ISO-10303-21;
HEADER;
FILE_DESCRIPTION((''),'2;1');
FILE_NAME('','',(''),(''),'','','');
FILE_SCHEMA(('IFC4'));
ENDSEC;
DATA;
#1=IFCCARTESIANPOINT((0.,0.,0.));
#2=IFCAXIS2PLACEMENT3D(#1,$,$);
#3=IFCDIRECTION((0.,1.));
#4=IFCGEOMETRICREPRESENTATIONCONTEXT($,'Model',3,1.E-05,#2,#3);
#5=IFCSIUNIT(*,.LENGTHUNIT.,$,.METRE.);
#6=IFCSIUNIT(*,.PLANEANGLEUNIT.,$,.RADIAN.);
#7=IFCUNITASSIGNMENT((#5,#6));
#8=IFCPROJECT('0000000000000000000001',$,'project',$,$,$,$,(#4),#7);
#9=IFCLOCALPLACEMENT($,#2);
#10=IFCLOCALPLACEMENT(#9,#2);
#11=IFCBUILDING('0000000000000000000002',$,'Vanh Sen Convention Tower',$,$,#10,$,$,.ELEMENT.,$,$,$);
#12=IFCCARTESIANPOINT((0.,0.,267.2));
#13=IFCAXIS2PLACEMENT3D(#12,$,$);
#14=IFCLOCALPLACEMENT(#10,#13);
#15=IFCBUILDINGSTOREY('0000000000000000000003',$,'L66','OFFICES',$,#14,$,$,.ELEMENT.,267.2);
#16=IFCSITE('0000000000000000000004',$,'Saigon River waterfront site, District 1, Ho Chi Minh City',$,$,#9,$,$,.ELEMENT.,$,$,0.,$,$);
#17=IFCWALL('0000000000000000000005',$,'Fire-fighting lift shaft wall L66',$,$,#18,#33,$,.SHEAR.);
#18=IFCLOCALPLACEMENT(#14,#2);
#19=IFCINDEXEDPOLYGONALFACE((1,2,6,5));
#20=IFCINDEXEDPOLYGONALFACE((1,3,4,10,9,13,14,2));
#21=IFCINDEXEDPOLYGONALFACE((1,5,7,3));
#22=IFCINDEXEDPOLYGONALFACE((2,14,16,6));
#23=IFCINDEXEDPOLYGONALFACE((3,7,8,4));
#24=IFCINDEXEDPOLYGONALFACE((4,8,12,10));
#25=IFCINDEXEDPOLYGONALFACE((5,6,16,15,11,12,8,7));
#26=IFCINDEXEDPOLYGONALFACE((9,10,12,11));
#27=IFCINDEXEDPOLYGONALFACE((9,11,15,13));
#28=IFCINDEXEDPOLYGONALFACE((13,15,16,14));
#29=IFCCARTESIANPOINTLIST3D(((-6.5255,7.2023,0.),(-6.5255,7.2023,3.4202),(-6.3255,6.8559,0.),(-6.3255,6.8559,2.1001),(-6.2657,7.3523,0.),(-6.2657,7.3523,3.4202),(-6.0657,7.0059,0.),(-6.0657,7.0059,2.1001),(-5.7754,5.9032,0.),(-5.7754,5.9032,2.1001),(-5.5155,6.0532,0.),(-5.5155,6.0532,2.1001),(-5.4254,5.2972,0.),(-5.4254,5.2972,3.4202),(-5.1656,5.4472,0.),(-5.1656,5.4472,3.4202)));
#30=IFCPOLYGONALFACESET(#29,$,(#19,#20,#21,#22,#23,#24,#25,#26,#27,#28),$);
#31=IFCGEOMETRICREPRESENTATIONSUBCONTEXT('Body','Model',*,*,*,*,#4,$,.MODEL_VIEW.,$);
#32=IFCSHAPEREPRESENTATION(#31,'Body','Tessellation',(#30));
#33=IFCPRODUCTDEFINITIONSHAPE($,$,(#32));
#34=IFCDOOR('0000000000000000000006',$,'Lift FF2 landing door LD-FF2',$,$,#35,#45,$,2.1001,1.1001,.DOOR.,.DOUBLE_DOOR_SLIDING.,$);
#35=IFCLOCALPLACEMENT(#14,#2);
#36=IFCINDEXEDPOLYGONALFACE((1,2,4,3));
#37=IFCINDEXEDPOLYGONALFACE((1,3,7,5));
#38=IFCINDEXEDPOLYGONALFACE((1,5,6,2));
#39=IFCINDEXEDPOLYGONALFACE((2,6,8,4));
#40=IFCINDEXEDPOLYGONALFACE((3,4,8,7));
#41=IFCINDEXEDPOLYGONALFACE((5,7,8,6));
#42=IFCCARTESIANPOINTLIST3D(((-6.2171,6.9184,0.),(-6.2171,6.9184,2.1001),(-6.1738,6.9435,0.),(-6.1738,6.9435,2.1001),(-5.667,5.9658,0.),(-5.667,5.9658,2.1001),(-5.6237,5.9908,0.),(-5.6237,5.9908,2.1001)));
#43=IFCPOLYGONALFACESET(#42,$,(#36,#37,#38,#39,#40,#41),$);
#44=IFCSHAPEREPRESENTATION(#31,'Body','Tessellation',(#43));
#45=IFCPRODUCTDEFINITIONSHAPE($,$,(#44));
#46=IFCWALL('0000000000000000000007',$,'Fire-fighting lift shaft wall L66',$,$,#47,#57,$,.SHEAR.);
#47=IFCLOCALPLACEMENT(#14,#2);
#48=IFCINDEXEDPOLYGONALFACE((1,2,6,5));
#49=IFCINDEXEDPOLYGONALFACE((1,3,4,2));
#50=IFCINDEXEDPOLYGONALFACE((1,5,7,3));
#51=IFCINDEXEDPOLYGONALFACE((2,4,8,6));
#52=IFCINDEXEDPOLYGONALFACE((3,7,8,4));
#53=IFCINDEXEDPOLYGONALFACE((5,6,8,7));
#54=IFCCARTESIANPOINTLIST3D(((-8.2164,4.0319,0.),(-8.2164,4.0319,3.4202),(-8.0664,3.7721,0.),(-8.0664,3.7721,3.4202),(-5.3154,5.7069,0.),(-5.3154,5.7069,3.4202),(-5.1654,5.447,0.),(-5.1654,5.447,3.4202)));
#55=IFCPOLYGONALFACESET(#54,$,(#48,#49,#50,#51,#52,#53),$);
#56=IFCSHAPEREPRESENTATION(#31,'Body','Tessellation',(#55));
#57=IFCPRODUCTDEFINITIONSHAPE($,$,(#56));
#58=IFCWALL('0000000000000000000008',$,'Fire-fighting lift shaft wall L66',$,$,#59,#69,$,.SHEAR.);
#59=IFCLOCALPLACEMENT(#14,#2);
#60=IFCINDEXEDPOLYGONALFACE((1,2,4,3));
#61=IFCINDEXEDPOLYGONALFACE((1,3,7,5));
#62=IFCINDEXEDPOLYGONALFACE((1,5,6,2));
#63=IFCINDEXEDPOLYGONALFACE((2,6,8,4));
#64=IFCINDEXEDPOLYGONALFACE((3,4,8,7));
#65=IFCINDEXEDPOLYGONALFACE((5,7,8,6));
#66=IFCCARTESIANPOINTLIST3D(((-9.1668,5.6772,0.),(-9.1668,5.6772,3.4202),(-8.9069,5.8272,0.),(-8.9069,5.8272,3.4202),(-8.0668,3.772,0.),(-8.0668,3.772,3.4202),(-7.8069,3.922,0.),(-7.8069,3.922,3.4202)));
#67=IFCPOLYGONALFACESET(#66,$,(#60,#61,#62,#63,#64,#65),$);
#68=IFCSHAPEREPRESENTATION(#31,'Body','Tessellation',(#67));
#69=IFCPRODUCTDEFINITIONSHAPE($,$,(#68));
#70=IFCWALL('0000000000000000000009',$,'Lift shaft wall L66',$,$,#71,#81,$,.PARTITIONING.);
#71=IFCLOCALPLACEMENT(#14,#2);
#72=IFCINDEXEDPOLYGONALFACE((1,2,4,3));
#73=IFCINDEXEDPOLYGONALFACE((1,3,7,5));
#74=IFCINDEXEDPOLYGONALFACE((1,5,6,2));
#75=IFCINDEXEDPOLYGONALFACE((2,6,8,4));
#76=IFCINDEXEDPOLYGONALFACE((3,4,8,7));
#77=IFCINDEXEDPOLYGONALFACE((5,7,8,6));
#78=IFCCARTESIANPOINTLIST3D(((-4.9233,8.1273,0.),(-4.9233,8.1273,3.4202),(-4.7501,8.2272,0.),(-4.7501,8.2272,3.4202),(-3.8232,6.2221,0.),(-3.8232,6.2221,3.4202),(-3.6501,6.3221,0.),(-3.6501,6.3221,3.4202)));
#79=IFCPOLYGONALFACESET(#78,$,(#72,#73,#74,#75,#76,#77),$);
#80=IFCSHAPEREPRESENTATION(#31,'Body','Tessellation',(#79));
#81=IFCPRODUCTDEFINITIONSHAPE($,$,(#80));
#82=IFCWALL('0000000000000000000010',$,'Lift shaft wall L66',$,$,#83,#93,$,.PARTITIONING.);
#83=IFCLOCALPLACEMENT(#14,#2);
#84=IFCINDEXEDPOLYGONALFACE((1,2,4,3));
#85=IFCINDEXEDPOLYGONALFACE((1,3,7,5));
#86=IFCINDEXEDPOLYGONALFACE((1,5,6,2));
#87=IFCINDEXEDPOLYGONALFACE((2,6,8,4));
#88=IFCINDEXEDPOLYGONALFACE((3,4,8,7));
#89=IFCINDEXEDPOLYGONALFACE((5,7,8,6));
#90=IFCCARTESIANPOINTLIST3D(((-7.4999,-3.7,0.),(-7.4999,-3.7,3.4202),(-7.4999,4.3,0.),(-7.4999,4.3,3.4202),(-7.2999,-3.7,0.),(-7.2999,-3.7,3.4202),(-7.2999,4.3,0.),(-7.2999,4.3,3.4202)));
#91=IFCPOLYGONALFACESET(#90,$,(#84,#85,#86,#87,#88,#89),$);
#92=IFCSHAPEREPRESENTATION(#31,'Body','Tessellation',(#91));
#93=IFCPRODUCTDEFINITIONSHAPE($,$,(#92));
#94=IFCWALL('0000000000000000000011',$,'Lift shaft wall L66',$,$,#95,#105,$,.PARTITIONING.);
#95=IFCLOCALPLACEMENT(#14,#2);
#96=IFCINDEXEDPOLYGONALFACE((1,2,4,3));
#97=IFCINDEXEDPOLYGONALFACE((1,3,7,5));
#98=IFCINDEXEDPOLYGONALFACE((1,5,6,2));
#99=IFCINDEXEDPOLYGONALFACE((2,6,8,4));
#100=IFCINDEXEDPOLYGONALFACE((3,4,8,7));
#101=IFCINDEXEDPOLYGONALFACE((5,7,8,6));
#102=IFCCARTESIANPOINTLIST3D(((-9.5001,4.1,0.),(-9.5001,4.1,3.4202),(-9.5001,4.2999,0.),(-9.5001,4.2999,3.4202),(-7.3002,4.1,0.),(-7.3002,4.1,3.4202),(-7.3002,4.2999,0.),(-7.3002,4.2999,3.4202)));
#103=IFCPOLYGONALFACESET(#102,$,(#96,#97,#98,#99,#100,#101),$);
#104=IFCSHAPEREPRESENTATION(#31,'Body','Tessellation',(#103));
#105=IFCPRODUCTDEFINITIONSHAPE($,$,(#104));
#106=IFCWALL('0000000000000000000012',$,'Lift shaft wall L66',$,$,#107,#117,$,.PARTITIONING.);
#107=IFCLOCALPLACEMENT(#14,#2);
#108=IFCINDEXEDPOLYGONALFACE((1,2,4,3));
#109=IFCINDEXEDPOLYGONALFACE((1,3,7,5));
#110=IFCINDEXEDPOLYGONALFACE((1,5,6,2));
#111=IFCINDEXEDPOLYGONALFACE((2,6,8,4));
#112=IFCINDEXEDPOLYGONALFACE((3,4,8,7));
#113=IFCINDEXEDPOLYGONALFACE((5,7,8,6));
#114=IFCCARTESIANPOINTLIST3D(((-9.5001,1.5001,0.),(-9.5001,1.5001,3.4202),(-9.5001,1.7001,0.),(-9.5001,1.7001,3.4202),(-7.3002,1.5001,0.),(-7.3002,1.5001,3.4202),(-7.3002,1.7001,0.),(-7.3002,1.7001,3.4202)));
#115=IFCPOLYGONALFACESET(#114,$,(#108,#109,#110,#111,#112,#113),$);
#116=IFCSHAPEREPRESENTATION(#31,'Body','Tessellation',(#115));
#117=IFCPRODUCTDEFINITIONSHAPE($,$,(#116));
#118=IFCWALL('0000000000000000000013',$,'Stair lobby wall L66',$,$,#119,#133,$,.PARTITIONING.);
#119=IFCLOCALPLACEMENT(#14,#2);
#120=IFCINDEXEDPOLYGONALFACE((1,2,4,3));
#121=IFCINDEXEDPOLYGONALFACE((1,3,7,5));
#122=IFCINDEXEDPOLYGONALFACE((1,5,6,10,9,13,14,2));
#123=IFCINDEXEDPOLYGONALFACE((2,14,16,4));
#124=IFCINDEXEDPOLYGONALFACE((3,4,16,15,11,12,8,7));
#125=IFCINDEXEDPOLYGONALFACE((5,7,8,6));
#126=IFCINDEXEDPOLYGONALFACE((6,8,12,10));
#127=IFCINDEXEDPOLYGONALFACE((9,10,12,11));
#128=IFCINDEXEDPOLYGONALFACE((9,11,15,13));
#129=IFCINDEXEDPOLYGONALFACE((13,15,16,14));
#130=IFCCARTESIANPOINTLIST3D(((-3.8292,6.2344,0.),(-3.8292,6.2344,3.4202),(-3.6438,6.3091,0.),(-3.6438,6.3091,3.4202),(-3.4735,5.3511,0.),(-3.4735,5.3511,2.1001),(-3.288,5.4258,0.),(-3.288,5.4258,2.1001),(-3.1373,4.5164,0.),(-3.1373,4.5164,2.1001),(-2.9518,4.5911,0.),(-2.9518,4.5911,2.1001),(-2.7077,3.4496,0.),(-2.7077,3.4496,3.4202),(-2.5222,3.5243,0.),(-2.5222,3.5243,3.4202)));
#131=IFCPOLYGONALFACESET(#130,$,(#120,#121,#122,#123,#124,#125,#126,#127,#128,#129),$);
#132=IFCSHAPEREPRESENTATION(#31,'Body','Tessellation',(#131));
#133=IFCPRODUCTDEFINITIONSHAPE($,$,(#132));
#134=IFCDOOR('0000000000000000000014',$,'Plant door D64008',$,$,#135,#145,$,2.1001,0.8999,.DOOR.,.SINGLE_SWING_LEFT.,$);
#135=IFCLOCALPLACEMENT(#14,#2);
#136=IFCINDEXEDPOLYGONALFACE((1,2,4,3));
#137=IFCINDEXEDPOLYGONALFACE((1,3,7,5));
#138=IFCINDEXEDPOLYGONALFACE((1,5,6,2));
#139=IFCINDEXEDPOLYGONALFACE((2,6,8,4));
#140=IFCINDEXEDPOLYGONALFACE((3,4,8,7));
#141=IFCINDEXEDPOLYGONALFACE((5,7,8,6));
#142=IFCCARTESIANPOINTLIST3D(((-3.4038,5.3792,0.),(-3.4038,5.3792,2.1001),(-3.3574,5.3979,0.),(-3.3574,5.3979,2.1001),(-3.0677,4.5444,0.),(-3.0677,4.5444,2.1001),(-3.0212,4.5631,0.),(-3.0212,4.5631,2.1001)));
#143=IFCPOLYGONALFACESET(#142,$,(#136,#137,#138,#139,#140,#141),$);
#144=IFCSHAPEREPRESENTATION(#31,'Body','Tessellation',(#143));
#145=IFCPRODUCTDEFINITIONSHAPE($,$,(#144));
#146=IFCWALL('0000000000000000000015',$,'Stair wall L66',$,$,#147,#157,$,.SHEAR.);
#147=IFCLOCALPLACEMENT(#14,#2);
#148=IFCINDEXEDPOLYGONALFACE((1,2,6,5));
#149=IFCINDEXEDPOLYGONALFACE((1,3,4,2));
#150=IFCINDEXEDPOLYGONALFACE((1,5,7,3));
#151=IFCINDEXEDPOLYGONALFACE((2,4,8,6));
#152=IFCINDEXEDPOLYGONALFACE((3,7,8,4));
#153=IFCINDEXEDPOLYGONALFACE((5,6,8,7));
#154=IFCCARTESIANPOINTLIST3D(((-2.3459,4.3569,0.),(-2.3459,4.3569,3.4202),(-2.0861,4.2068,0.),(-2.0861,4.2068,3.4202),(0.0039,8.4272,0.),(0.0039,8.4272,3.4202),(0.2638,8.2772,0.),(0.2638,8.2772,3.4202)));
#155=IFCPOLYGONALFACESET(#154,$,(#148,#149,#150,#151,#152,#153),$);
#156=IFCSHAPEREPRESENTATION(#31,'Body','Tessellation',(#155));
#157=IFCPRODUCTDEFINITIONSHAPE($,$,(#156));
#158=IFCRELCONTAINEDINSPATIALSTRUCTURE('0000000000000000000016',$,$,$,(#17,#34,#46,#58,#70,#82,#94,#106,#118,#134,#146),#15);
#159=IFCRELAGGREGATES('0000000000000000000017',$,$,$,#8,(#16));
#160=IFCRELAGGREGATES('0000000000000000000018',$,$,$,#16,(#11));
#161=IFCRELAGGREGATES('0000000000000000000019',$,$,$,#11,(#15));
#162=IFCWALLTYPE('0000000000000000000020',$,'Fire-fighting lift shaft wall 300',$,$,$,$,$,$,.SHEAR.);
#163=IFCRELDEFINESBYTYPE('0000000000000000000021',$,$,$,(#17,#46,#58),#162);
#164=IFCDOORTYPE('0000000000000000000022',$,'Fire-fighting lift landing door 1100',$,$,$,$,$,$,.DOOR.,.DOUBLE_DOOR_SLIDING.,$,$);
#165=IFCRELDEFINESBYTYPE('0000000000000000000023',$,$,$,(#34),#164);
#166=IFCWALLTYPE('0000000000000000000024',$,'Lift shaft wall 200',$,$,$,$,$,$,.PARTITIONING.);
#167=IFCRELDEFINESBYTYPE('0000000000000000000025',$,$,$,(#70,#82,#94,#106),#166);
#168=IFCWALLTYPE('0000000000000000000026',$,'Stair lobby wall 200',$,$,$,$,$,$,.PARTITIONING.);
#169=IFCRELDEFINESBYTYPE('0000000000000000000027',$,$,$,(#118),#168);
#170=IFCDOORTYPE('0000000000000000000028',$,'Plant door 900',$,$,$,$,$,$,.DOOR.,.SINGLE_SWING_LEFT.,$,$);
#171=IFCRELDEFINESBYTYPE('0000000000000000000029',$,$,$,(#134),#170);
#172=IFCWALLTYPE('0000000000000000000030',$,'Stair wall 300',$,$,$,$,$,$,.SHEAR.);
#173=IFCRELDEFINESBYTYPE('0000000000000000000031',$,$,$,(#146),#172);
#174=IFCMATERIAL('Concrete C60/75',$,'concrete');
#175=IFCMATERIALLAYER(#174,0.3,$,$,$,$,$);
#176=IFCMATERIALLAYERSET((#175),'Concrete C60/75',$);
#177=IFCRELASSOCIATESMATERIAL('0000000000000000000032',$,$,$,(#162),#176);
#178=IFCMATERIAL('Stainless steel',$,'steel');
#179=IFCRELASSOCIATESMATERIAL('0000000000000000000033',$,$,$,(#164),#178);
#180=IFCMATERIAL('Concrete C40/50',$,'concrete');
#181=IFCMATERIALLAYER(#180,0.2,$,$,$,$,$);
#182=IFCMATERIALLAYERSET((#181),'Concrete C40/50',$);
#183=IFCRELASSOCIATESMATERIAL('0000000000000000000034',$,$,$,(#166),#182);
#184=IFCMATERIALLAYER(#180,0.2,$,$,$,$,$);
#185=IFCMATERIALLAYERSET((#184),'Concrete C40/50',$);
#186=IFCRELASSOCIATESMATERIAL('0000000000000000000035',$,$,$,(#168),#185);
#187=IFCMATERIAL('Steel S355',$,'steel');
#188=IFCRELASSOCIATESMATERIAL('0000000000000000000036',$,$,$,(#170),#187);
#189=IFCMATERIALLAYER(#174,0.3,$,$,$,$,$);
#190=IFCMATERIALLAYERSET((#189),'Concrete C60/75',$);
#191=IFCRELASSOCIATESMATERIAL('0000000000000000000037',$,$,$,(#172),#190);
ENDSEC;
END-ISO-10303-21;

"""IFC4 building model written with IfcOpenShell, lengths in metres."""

from ifc_helpers import new_model, si_unit, direction, frame, frame_2d, origin, place, context, subcontext, project, spatial, rectangle, extrude, material, layer, layer_set, type_object, element, fill, save


model = new_model("IFC4")

# Units and contexts
model_context = context("Model", 3, precision=1e-05, world=origin(), true_north=direction((0.0, 1.0)))
body_context = subcontext(model_context, "Body", "Model", "MODEL_VIEW")
ifc_project = project(units=[si_unit("LENGTHUNIT", "METRE"), si_unit("PLANEANGLEUNIT", "RADIAN")], contexts=[model_context])

# Site, building, storey
site_placement = place(None, origin())
site = spatial("IfcSite", under=ifc_project, at=site_placement, Name="Saigon River waterfront site, District 1, Ho Chi Minh City", CompositionType="ELEMENT", RefElevation=0.0)
building_placement = place(site_placement, origin())
building = spatial("IfcBuilding", under=site, at=building_placement, Name="Vanh Sen Convention Tower", CompositionType="ELEMENT")
storey_placement = place(building_placement, frame((0.0, 0.0, 267.2)))
storey = spatial("IfcBuildingStorey", under=building, at=storey_placement, Name="L66", Description="OFFICES", CompositionType="ELEMENT", Elevation=267.2)

# Shared definitions
ifc_material_1 = material(Name="Concrete C60/75", Category="concrete")
ifc_material_2 = material(Name="Stainless steel", Category="steel")

# Wall, opening, door
ifc_layer_1 = layer(ifc_material_1, 0.3)
ifc_layer_set_1 = layer_set([ifc_layer_1], Name="Concrete C60/75")
wall_type_1 = type_object("IfcWallType", Name="Fire-fighting lift shaft wall 300", PredefinedType="SHEAR", material=ifc_layer_set_1)
wall_1_placement = place(storey_placement, frame((-5.2954, 5.3721, 0.0), z_axis=(0.0, 0.0, 1.0), x_axis=(-0.500078, 0.86598, 0.0)))
wall_1 = element("IfcWall", 1, at=wall_1_placement, inside=storey, type_object=wall_type_1, Name="Fire-fighting lift shaft wall L66", PredefinedType="SHEAR", context=body_context, shape_type="SweptSolid", body=[
    extrude(rectangle(XDim=2.2, YDim=0.3, at=frame_2d((1.1001, 0.0))), origin(), (0.0, 0.0, 1.0), 3.4202),
])
opening_1_placement = place(wall_1_placement, frame((0.7, 0.0, 0.0)))
opening_1 = element("IfcOpeningElement", 2, at=opening_1_placement, cuts=wall_1, PredefinedType="OPENING", context=body_context, shape_type="SweptSolid", body=[
    extrude(rectangle(XDim=1.1001, YDim=2.1001, at=frame_2d((0.55, 1.05))), frame((0.0, 0.1599, 0.0), z_axis=(0.0, -1.0, 0.0), x_axis=(1.0, 0.0, 0.0)), (0.0, 0.0, 1.0), 0.3201),
])
door_type_1 = type_object("IfcDoorType", Name="Fire-fighting lift landing door 1100", OperationType="DOUBLE_DOOR_SLIDING", PredefinedType="DOOR", material=ifc_material_2)
door_1_placement = place(opening_1_placement, origin())
door_1 = element("IfcDoor", 3, at=door_1_placement, inside=storey, type_object=door_type_1, Name="Lift FF2 landing door LD-FF2", OperationType="DOUBLE_DOOR_SLIDING", OverallHeight=2.1001, OverallWidth=1.1001, PredefinedType="DOOR", context=body_context, shape_type="SweptSolid", body=[
    extrude(rectangle(XDim=1.1001, YDim=2.1001, at=frame_2d((0.55, 1.05))), frame((0.0, 0.0249, 0.0), z_axis=(0.0, -1.0, 0.0), x_axis=(1.0, 0.0, 0.0)), (0.0, 0.0, 1.0), 0.05),
])
fill(opening_1, door_1)

# Walls
wall_2_placement = place(storey_placement, frame((-5.2405, 5.5769, 0.0), z_axis=(0.0, 0.0, 1.0), x_axis=(-0.866014, -0.500019, 0.0)))
element("IfcWall", 4, at=wall_2_placement, inside=storey, type_object=wall_type_1, Name="Fire-fighting lift shaft wall L66", PredefinedType="SHEAR", context=body_context, shape_type="SweptSolid", body=[
    extrude(rectangle(XDim=3.3499, YDim=0.3, at=frame_2d((1.6748, 0.0))), origin(), (0.0, 0.0, 1.0), 3.4202),
])
wall_3_placement = place(storey_placement, frame((-7.9368, 3.8469, 0.0), z_axis=(0.0, 0.0, 1.0), x_axis=(-0.50003, 0.866008, 0.0)))
element("IfcWall", 5, at=wall_3_placement, inside=storey, type_object=wall_type_1, Name="Fire-fighting lift shaft wall L66", PredefinedType="SHEAR", context=body_context, shape_type="SweptSolid", body=[
    extrude(rectangle(XDim=2.2, YDim=0.3, at=frame_2d((1.1001, 0.0))), origin(), (0.0, 0.0, 1.0), 3.4202),
])
ifc_material_3 = material(Name="Concrete C40/50", Category="concrete")
ifc_layer_2 = layer(ifc_material_3, 0.2)
ifc_layer_set_2 = layer_set([ifc_layer_2], Name="Concrete C40/50")
wall_type_2 = type_object("IfcWallType", Name="Lift shaft wall 200", PredefinedType="PARTITIONING", material=ifc_layer_set_2)
wall_4_placement = place(storey_placement, frame((-3.7366, 6.272, 0.0), z_axis=(0.0, 0.0, 1.0), x_axis=(-0.50003, 0.866008, 0.0)))
element("IfcWall", 6, at=wall_4_placement, inside=storey, type_object=wall_type_2, Name="Lift shaft wall L66", PredefinedType="PARTITIONING", context=body_context, shape_type="SweptSolid", body=[
    extrude(rectangle(XDim=2.2, YDim=0.2, at=frame_2d((1.1001, 0.0))), origin(), (0.0, 0.0, 1.0), 3.4202),
])
wall_5_placement = place(storey_placement, frame((-7.3999, 4.3, 0.0), z_axis=(0.0, 0.0, 1.0), x_axis=(0.0, -1.0, 0.0)))
element("IfcWall", 7, at=wall_5_placement, inside=storey, type_object=wall_type_2, Name="Lift shaft wall L66", PredefinedType="PARTITIONING", context=body_context, shape_type="SweptSolid", body=[
    extrude(rectangle(XDim=8.0, YDim=0.2, at=frame_2d((4.0, 0.0))), origin(), (0.0, 0.0, 1.0), 3.4202),
])
for number, where, z_axis, x_axis, name in (
    (8, (-7.3, 4.2, 0.0), (0.0, 0.0, 1.0), (-1.0, 0.0, 0.0), "Lift shaft wall L66"),
    (9, (-7.3, 1.6001, 0.0), (0.0, 0.0, 1.0), (-1.0, 0.0, 0.0), "Lift shaft wall L66"),
):
    element("IfcWall", number, at=place(storey_placement, frame(where, z_axis=z_axis, x_axis=x_axis)), inside=storey, type_object=wall_type_2, Name=name, PredefinedType="PARTITIONING", context=body_context, shape_type="SweptSolid", body=[
        extrude(rectangle(XDim=2.2, YDim=0.2, at=frame_2d((1.1001, 0.0))), origin(), (0.0, 0.0, 1.0), 3.4202),
    ])

# Wall, opening, door
ifc_layer_3 = layer(ifc_material_3, 0.2)
ifc_layer_set_3 = layer_set([ifc_layer_3], Name="Concrete C40/50")
wall_type_3 = type_object("IfcWallType", Name="Stair lobby wall 200", PredefinedType="PARTITIONING", material=ifc_layer_set_3)
wall_6_placement = place(storey_placement, frame((-2.615, 3.4871, 0.0), z_axis=(0.0, 0.0, 1.0), x_axis=(-0.373577, 0.927599, 0.0)))
wall_6 = element("IfcWall", 10, at=wall_6_placement, inside=storey, type_object=wall_type_3, Name="Stair lobby wall L66", PredefinedType="PARTITIONING", context=body_context, shape_type="SweptSolid", body=[
    extrude(rectangle(XDim=3.0022, YDim=0.2, at=frame_2d((1.501, 0.0))), origin(), (0.0, 0.0, 1.0), 3.4202),
])
opening_2_placement = place(wall_6_placement, frame((1.1499, 0.0, 0.0)))
opening_2 = element("IfcOpeningElement", 11, at=opening_2_placement, cuts=wall_6, PredefinedType="OPENING", context=body_context, shape_type="SweptSolid", body=[
    extrude(rectangle(XDim=0.8999, YDim=2.1001, at=frame_2d((0.45, 1.05))), frame((0.0, 0.1099, 0.0), z_axis=(0.0, -1.0, 0.0), x_axis=(1.0, 0.0, 0.0)), (0.0, 0.0, 1.0), 0.22),
])
ifc_material_4 = material(Name="Steel S355", Category="steel")
door_type_2 = type_object("IfcDoorType", Name="Plant door 900", OperationType="SINGLE_SWING_LEFT", PredefinedType="DOOR", material=ifc_material_4)
door_2_placement = place(opening_2_placement, origin())
door_2 = element("IfcDoor", 12, at=door_2_placement, inside=storey, type_object=door_type_2, Name="Plant door D64008", OperationType="SINGLE_SWING_LEFT", OverallHeight=2.1001, OverallWidth=0.8999, PredefinedType="DOOR", context=body_context, shape_type="SweptSolid", body=[
    extrude(rectangle(XDim=0.8999, YDim=2.1001, at=frame_2d((0.45, 1.05))), frame((0.0, 0.0249, 0.0), z_axis=(0.0, -1.0, 0.0), x_axis=(1.0, 0.0, 0.0)), (0.0, 0.0, 1.0), 0.05),
])
fill(opening_2, door_2)

# Wall
ifc_layer_4 = layer(ifc_material_1, 0.3)
ifc_layer_set_4 = layer_set([ifc_layer_4], Name="Concrete C60/75")
wall_type_4 = type_object("IfcWallType", Name="Stair wall 300", PredefinedType="SHEAR", material=ifc_layer_set_4)
wall_7_placement = place(storey_placement, frame((-2.2161, 4.2817, 0.0), z_axis=(0.0, 0.0, 1.0), x_axis=(0.499977, 0.866039, 0.0)))
element("IfcWall", 13, at=wall_7_placement, inside=storey, type_object=wall_type_4, Name="Stair wall L66", PredefinedType="SHEAR", context=body_context, shape_type="SweptSolid", body=[
    extrude(rectangle(XDim=4.7, YDim=0.3, at=frame_2d((2.3501, 0.0))), origin(), (0.0, 0.0, 1.0), 3.4202),
])

save(model, "model.ifc")
